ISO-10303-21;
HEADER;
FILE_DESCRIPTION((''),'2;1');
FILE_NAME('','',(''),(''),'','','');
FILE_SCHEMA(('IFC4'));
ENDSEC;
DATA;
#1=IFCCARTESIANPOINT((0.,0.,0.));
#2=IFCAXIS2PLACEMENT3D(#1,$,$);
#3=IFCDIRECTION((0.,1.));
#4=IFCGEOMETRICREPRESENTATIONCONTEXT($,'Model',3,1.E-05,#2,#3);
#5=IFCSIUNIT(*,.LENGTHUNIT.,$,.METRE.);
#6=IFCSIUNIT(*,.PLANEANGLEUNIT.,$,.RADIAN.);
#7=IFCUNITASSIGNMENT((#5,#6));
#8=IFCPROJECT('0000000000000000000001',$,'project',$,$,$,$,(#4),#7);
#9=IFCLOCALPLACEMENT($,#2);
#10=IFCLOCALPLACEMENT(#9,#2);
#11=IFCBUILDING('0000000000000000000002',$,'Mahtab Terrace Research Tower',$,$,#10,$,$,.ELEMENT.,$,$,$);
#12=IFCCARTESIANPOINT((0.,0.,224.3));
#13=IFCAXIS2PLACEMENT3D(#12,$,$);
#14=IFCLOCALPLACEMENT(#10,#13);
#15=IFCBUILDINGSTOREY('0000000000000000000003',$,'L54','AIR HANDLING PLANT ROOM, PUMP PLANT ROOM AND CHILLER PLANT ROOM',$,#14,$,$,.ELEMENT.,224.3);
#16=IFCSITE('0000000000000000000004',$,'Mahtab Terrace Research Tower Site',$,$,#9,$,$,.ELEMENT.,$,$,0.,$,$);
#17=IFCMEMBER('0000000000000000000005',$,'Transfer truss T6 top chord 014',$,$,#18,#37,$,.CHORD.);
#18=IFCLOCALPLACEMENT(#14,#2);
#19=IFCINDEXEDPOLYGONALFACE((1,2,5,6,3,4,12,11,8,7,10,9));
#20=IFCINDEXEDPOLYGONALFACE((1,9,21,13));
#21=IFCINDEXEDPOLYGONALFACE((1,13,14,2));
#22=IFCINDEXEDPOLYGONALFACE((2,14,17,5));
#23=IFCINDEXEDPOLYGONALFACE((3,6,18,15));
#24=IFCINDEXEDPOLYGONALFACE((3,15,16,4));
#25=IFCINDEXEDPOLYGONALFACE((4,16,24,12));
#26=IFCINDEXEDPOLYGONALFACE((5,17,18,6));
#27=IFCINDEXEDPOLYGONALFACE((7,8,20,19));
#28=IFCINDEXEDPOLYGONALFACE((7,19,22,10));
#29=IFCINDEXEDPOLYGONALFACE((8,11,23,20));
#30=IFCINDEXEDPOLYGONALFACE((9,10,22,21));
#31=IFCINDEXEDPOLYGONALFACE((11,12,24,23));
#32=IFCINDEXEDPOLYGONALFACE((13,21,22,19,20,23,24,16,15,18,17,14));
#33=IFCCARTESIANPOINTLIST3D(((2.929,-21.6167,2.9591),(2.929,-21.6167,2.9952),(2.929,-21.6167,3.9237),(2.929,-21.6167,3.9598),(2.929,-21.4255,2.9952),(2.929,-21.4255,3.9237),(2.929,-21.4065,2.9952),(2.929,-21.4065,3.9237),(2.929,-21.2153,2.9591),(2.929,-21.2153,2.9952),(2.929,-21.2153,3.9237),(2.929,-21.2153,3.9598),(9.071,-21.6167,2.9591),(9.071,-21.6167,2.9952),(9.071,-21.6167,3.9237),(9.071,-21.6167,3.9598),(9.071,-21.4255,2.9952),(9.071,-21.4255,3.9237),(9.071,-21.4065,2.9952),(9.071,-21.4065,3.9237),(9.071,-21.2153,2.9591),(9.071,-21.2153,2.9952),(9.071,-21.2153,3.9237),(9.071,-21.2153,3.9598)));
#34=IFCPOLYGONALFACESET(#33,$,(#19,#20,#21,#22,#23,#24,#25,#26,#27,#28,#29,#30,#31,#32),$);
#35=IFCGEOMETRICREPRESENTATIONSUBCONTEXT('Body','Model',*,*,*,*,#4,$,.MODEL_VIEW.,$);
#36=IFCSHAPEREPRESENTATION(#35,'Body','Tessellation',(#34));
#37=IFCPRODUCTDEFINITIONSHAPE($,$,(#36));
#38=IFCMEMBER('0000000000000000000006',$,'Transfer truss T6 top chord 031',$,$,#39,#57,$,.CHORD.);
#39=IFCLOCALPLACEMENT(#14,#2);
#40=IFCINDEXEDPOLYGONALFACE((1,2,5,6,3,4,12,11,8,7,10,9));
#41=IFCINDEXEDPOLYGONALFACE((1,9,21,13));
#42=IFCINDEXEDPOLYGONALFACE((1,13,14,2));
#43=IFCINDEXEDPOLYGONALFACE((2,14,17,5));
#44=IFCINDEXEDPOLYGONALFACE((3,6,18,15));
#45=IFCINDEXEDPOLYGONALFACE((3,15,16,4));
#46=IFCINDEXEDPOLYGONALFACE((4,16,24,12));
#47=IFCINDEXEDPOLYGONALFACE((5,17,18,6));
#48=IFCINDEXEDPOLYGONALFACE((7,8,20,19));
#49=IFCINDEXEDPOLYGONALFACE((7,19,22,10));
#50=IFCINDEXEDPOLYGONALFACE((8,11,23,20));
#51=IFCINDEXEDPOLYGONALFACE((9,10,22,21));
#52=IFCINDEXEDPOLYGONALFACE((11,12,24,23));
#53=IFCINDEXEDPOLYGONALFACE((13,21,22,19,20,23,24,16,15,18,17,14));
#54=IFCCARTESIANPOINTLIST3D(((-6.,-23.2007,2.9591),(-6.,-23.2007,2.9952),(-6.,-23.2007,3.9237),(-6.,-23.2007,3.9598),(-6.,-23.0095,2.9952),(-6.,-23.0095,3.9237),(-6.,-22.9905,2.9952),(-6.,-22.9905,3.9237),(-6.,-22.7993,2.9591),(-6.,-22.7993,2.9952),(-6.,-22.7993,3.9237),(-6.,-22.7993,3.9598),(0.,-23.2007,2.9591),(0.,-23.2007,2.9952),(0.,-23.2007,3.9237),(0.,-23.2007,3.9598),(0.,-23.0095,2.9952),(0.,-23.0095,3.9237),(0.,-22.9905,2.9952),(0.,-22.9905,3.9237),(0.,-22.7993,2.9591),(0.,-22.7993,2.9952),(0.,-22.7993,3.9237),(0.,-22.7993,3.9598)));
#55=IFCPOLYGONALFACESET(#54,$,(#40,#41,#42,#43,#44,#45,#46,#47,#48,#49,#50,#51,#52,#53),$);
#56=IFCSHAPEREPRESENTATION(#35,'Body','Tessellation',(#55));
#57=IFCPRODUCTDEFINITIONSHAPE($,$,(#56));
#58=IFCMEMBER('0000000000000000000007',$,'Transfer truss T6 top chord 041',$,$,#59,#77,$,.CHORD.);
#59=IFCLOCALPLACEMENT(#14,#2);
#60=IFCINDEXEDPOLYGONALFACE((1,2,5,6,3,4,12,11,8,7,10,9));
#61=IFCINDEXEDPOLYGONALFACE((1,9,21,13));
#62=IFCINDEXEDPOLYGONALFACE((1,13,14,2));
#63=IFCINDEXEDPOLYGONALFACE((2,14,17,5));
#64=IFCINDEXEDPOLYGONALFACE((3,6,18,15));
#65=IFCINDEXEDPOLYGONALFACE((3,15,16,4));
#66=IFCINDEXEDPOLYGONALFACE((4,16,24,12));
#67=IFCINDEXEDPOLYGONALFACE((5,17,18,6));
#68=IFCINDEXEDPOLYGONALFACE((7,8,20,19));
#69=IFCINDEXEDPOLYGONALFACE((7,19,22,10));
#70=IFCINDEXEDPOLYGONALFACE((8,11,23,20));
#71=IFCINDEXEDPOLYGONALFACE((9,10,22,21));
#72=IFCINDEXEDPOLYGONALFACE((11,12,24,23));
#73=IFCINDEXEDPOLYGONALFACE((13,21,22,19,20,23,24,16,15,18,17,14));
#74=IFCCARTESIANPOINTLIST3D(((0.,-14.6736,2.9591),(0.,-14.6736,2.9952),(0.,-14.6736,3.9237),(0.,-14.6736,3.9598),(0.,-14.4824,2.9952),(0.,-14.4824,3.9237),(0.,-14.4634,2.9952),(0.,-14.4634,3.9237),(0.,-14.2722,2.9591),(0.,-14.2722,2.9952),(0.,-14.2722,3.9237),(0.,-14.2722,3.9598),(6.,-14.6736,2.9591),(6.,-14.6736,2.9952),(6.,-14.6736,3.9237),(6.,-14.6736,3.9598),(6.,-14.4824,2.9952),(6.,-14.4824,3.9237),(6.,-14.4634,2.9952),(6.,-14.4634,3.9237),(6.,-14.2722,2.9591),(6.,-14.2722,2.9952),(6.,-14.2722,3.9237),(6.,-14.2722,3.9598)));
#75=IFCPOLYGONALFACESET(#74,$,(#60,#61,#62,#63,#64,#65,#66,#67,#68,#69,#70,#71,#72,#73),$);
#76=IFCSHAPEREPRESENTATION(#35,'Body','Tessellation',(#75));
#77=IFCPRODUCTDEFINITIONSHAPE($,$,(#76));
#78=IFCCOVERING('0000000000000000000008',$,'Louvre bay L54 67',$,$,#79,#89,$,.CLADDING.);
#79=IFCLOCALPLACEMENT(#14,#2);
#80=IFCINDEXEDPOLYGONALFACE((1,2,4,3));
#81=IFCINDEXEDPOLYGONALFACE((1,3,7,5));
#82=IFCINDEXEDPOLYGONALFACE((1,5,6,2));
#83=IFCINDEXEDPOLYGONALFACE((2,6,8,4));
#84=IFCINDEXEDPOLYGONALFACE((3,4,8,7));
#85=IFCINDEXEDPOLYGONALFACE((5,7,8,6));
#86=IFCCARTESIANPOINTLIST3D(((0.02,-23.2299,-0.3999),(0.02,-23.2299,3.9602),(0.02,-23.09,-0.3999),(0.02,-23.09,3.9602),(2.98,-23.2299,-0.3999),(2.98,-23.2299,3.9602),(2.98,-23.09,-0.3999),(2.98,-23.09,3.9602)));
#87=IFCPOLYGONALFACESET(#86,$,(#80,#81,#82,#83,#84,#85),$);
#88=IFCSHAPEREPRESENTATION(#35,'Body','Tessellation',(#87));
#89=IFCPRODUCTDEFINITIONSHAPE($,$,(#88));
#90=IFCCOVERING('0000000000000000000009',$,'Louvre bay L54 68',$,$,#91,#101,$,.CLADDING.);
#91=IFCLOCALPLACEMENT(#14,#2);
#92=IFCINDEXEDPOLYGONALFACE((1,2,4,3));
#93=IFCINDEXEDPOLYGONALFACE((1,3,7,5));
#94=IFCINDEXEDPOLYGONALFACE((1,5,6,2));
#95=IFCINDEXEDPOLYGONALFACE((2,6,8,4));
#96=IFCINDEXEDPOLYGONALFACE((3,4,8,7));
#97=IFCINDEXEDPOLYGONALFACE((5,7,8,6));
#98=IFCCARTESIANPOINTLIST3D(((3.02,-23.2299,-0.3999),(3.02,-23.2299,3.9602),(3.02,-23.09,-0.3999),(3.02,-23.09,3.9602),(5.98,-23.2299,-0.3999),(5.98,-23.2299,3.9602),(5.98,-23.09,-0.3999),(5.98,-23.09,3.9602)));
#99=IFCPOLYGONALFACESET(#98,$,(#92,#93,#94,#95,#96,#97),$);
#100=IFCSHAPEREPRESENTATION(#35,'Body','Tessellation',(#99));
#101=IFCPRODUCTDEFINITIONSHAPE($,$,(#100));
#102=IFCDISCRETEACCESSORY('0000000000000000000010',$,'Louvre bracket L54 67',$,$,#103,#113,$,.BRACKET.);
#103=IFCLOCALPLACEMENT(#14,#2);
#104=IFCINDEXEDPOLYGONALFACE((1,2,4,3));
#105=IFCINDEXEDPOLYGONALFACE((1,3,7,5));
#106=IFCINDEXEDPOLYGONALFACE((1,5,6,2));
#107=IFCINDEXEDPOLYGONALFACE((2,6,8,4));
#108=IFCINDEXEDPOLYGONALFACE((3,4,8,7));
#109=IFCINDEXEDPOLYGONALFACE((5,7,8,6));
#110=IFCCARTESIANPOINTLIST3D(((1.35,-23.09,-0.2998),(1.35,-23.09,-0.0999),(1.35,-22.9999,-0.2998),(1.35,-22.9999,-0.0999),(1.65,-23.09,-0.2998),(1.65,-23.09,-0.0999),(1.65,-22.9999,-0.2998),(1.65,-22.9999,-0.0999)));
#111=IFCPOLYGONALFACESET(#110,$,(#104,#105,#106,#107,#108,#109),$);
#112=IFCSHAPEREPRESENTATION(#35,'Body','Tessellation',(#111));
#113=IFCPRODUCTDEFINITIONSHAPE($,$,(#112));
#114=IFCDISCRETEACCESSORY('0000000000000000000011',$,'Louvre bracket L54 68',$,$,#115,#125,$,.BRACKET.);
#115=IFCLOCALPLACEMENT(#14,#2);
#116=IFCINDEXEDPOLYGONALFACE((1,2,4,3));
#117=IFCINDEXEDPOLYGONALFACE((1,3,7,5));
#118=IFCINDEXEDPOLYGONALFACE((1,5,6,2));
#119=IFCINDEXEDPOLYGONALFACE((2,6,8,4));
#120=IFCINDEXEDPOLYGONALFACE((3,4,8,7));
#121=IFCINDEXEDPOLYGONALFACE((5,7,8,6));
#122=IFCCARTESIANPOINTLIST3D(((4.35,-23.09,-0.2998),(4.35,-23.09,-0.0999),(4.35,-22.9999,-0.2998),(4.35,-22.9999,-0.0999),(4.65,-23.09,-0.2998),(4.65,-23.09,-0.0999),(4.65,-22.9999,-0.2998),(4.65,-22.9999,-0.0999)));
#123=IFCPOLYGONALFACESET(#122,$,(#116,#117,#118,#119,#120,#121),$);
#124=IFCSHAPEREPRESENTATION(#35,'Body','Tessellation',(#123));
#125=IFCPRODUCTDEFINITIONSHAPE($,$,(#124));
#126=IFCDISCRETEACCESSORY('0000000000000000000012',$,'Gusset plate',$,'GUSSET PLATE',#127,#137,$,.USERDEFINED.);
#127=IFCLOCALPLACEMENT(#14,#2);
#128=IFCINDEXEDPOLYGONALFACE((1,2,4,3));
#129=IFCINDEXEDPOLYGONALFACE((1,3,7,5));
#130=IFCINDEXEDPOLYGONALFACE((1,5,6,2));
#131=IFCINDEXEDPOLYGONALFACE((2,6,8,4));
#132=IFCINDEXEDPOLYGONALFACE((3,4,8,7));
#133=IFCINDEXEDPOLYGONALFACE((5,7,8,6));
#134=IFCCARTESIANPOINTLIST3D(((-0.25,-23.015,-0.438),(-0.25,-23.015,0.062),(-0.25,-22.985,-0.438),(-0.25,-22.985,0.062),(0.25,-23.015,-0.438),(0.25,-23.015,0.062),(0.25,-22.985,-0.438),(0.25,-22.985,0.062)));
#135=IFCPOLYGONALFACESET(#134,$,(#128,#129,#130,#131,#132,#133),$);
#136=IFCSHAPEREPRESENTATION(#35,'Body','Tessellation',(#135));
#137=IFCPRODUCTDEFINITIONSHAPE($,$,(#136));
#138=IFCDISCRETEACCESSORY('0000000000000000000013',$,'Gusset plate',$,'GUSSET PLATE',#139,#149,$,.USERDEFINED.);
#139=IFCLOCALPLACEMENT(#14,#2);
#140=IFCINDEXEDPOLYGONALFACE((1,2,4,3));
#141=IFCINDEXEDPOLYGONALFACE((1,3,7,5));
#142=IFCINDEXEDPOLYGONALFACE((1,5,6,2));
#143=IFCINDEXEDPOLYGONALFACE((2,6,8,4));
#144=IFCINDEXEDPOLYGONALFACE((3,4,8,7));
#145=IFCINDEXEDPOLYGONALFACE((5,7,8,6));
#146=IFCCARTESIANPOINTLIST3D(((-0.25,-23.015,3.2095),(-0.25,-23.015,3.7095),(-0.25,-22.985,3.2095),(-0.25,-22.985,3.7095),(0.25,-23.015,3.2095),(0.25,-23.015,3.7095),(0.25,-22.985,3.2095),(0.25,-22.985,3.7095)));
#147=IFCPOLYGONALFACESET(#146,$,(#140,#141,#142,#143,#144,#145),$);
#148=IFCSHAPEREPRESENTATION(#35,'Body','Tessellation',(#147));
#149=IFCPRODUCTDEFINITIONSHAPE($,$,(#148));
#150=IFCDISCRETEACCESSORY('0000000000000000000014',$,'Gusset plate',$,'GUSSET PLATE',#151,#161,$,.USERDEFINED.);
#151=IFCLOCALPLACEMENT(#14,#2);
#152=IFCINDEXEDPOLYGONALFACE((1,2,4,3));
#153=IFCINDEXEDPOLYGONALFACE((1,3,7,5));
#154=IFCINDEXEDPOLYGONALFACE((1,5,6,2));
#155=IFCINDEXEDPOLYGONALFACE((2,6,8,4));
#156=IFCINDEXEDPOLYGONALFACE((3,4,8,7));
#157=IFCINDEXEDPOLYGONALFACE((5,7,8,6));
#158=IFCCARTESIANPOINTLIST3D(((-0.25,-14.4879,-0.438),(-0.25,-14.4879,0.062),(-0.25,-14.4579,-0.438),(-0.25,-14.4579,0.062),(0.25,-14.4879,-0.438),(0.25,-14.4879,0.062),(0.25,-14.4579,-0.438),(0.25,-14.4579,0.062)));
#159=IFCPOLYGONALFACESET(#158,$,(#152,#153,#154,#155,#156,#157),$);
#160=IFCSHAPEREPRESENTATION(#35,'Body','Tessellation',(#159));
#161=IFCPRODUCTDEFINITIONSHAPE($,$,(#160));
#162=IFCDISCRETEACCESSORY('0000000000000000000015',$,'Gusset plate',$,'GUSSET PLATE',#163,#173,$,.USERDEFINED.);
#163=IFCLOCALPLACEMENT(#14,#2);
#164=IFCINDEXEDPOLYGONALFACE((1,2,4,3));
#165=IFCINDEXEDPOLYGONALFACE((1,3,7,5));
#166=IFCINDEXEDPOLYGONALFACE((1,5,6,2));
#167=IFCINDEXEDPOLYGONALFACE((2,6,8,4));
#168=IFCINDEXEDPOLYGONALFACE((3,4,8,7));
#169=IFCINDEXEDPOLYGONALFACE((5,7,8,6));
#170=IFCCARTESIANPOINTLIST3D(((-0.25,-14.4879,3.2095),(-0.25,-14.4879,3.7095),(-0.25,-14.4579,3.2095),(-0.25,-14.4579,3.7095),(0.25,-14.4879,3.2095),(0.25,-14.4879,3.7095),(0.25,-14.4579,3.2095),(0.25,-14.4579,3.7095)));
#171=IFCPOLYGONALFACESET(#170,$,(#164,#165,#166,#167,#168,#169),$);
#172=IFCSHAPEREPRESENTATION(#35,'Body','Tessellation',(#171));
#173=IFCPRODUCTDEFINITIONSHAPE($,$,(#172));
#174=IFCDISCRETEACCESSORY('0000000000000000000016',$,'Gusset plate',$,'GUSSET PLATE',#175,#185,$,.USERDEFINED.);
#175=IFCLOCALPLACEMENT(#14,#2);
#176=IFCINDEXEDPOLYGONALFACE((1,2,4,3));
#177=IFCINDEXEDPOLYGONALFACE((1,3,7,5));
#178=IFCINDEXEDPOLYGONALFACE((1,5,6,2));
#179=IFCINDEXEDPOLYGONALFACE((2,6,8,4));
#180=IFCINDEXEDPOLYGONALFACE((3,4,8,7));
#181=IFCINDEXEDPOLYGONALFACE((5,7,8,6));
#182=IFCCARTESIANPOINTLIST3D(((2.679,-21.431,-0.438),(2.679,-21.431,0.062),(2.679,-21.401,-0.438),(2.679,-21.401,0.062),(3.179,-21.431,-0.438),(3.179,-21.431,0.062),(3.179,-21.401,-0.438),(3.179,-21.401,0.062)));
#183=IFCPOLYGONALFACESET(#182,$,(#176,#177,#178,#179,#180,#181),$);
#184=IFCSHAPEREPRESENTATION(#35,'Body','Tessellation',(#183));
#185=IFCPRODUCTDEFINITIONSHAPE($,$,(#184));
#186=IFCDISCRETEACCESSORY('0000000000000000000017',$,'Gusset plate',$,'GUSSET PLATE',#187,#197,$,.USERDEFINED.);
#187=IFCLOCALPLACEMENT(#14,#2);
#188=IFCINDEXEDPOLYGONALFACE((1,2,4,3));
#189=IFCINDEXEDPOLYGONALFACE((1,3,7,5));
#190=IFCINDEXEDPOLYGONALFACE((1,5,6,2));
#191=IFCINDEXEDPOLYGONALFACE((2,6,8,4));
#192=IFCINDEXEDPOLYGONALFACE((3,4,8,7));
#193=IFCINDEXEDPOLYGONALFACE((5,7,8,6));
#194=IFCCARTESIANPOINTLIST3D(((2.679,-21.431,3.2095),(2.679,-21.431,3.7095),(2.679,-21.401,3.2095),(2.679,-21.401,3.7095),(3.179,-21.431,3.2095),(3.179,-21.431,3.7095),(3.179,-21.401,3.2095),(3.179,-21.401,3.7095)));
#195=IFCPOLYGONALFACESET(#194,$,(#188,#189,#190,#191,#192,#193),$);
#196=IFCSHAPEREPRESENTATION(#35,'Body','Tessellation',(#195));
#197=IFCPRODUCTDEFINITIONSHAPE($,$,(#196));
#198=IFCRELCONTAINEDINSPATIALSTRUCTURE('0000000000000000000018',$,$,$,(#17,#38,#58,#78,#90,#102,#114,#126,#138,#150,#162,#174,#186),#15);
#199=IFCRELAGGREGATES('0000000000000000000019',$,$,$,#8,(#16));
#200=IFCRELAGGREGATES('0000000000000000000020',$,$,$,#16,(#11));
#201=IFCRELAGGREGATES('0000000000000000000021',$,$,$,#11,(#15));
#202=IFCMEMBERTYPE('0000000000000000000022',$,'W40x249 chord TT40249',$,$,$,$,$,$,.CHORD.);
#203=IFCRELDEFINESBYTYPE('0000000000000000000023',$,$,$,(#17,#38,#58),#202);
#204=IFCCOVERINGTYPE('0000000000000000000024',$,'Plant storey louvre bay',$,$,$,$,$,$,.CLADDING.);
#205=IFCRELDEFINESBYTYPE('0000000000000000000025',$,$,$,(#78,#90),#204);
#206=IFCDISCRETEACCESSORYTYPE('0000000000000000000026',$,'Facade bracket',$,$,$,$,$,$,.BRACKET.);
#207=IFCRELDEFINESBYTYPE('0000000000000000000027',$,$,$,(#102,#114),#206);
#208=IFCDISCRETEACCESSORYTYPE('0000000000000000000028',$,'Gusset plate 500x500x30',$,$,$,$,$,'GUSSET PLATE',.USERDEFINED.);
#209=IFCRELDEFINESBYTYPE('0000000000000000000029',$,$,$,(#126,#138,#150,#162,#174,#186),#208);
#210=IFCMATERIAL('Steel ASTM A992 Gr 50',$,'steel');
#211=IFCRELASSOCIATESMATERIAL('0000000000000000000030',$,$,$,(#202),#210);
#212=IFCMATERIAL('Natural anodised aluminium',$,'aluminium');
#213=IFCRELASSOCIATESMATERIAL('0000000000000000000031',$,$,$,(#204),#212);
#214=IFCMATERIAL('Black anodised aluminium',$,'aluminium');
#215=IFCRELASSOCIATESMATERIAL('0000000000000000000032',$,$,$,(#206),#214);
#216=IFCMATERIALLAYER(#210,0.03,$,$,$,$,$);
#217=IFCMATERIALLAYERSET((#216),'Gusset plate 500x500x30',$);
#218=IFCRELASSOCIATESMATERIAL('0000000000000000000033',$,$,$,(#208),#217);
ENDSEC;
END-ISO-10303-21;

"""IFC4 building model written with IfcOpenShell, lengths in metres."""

from ifc_helpers import new_model, si_unit, direction, frame, origin, origin_2d, place, context, subcontext, project, spatial, rectangle, i_section, extrude, material, layer, layer_set, material_profile, profile_set, type_object, element, save


model = new_model("IFC4")

# Units and contexts
model_context = context("Model", 3, precision=1e-05, world=origin(), true_north=direction((0.0, 1.0)))
body_context = subcontext(model_context, "Body", "Model", "MODEL_VIEW")
ifc_project = project(units=[si_unit("LENGTHUNIT", "METRE"), si_unit("PLANEANGLEUNIT", "RADIAN")], contexts=[model_context])

# Site, building, storey
site_placement = place(None, origin())
site = spatial("IfcSite", under=ifc_project, at=site_placement, Name="Mahtab Terrace Research Tower Site", CompositionType="ELEMENT", RefElevation=0.0)
building_placement = place(site_placement, origin())
building = spatial("IfcBuilding", under=site, at=building_placement, Name="Mahtab Terrace Research Tower", CompositionType="ELEMENT")
storey_placement = place(building_placement, frame((0.0, 0.0, 224.3)))
storey = spatial("IfcBuildingStorey", under=building, at=storey_placement, Name="L54", Description="AIR HANDLING PLANT ROOM, PUMP PLANT ROOM AND CHILLER PLANT ROOM", CompositionType="ELEMENT", Elevation=224.3)

# Shared definitions
ifc_material_1 = material(Name="Steel ASTM A992 Gr 50", Category="steel")

# Members
ifc_material_profile_1 = material_profile(ifc_material_1, i_section(OverallWidth=0.4014, OverallDepth=1.0007, WebThickness=0.019, FlangeThickness=0.0361, at=origin_2d()), Name="W40X249")
ifc_profile_set_1 = profile_set([ifc_material_profile_1], Name="Steel ASTM A992 Gr 50")
member_type_1 = type_object("IfcMemberType", Name="W40x249 chord TT40249", PredefinedType="CHORD", material=ifc_profile_set_1)
member_1_placement = place(storey_placement, frame((2.929, -21.416, 3.4595), z_axis=(1.0, 0.0, 0.0), x_axis=(0.0, 1.0, 0.0)))
element("IfcMember", 1, at=member_1_placement, inside=storey, type_object=member_type_1, Name="Transfer truss T6 top chord 014", PredefinedType="CHORD", context=body_context, shape_type="SweptSolid", body=[
    extrude(i_section(OverallWidth=0.4014, OverallDepth=1.0007, WebThickness=0.019, FlangeThickness=0.0361, at=origin_2d()), origin(), (0.0, 0.0, 1.0), 6.1421),
])
for number, where, z_axis, x_axis, name in (
    (2, (0.0, -23.0, 3.4595), (-1.0, 0.0, 0.0), (0.0, -1.0, 0.0), "Transfer truss T6 top chord 031"),
    (3, (0.0, -14.4729, 3.4595), (1.0, 0.0, 0.0), (0.0, 1.0, 0.0), "Transfer truss T6 top chord 041"),
):
    element("IfcMember", number, at=place(storey_placement, frame(where, z_axis=z_axis, x_axis=x_axis)), inside=storey, type_object=member_type_1, Name=name, PredefinedType="CHORD", context=body_context, shape_type="SweptSolid", body=[
        extrude(i_section(OverallWidth=0.4014, OverallDepth=1.0007, WebThickness=0.019, FlangeThickness=0.0361, at=origin_2d()), origin(), (0.0, 0.0, 1.0), 6.0),
    ])

# Coverings
ifc_material_2 = material(Name="Natural anodised aluminium", Category="aluminium")
covering_type = type_object("IfcCoveringType", Name="Plant storey louvre bay", PredefinedType="CLADDING", material=ifc_material_2)
for number, where, z_axis, x_axis, name in (
    (4, (1.5, -23.1599, -0.3999), (0.0, 0.0, 1.0), (1.0, 0.0, 0.0), "Louvre bay L54 67"),
    (5, (4.5, -23.1599, -0.3999), (0.0, 0.0, 1.0), (1.0, 0.0, 0.0), "Louvre bay L54 68"),
):
    element("IfcCovering", number, at=place(storey_placement, frame(where, z_axis=z_axis, x_axis=x_axis)), inside=storey, type_object=covering_type, Name=name, PredefinedType="CLADDING", context=body_context, shape_type="SweptSolid", body=[
        extrude(rectangle(XDim=2.96, YDim=0.1399, at=origin_2d()), origin(), (0.0, 0.0, 1.0), 4.3601),
    ])

# Discrete accessories
ifc_material_3 = material(Name="Black anodised aluminium", Category="aluminium")
discrete_accessory_type_1 = type_object("IfcDiscreteAccessoryType", Name="Facade bracket", PredefinedType="BRACKET", material=ifc_material_3)
for number, where, z_axis, x_axis, name in (
    (6, (1.5, -23.0449, -0.2998), (0.0, 0.0, 1.0), (1.0, 0.0, 0.0), "Louvre bracket L54 67"),
    (7, (4.5, -23.0449, -0.2998), (0.0, 0.0, 1.0), (1.0, 0.0, 0.0), "Louvre bracket L54 68"),
):
    element("IfcDiscreteAccessory", number, at=place(storey_placement, frame(where, z_axis=z_axis, x_axis=x_axis)), inside=storey, type_object=discrete_accessory_type_1, Name=name, PredefinedType="BRACKET", context=body_context, shape_type="SweptSolid", body=[
        extrude(rectangle(XDim=0.3, YDim=0.0901, at=origin_2d()), origin(), (0.0, 0.0, 1.0), 0.2),
    ])
ifc_layer = layer(ifc_material_1, 0.03)
ifc_layer_set = layer_set([ifc_layer], Name="Gusset plate 500x500x30")
discrete_accessory_type_2 = type_object("IfcDiscreteAccessoryType", Name="Gusset plate 500x500x30", ElementType="GUSSET PLATE", PredefinedType="USERDEFINED", material=ifc_layer_set)
for number, where, z_axis, x_axis, name in (
    (8, (0.0, -23.0, -0.438), (0.0, 0.0, 1.0), (1.0, 0.0, 0.0), "Gusset plate"),
    (9, (0.0, -23.0, 3.2095), (0.0, 0.0, 1.0), (1.0, 0.0, 0.0), "Gusset plate"),
    (10, (0.0, -14.4729, -0.438), (0.0, 0.0, 1.0), (1.0, 0.0, 0.0), "Gusset plate"),
    (11, (0.0, -14.4729, 3.2095), (0.0, 0.0, 1.0), (1.0, 0.0, 0.0), "Gusset plate"),
    (12, (2.929, -21.416, -0.438), (0.0, 0.0, 1.0), (1.0, 0.0, 0.0), "Gusset plate"),
    (13, (2.929, -21.416, 3.2095), (0.0, 0.0, 1.0), (1.0, 0.0, 0.0), "Gusset plate"),
):
    element("IfcDiscreteAccessory", number, at=place(storey_placement, frame(where, z_axis=z_axis, x_axis=x_axis)), inside=storey, type_object=discrete_accessory_type_2, Name=name, ObjectType="GUSSET PLATE", PredefinedType="USERDEFINED", context=body_context, shape_type="SweptSolid", body=[
        extrude(rectangle(XDim=0.5, YDim=0.03, at=origin_2d()), origin(), (0.0, 0.0, 1.0), 0.5),
    ])

save(model, "model.ifc")
